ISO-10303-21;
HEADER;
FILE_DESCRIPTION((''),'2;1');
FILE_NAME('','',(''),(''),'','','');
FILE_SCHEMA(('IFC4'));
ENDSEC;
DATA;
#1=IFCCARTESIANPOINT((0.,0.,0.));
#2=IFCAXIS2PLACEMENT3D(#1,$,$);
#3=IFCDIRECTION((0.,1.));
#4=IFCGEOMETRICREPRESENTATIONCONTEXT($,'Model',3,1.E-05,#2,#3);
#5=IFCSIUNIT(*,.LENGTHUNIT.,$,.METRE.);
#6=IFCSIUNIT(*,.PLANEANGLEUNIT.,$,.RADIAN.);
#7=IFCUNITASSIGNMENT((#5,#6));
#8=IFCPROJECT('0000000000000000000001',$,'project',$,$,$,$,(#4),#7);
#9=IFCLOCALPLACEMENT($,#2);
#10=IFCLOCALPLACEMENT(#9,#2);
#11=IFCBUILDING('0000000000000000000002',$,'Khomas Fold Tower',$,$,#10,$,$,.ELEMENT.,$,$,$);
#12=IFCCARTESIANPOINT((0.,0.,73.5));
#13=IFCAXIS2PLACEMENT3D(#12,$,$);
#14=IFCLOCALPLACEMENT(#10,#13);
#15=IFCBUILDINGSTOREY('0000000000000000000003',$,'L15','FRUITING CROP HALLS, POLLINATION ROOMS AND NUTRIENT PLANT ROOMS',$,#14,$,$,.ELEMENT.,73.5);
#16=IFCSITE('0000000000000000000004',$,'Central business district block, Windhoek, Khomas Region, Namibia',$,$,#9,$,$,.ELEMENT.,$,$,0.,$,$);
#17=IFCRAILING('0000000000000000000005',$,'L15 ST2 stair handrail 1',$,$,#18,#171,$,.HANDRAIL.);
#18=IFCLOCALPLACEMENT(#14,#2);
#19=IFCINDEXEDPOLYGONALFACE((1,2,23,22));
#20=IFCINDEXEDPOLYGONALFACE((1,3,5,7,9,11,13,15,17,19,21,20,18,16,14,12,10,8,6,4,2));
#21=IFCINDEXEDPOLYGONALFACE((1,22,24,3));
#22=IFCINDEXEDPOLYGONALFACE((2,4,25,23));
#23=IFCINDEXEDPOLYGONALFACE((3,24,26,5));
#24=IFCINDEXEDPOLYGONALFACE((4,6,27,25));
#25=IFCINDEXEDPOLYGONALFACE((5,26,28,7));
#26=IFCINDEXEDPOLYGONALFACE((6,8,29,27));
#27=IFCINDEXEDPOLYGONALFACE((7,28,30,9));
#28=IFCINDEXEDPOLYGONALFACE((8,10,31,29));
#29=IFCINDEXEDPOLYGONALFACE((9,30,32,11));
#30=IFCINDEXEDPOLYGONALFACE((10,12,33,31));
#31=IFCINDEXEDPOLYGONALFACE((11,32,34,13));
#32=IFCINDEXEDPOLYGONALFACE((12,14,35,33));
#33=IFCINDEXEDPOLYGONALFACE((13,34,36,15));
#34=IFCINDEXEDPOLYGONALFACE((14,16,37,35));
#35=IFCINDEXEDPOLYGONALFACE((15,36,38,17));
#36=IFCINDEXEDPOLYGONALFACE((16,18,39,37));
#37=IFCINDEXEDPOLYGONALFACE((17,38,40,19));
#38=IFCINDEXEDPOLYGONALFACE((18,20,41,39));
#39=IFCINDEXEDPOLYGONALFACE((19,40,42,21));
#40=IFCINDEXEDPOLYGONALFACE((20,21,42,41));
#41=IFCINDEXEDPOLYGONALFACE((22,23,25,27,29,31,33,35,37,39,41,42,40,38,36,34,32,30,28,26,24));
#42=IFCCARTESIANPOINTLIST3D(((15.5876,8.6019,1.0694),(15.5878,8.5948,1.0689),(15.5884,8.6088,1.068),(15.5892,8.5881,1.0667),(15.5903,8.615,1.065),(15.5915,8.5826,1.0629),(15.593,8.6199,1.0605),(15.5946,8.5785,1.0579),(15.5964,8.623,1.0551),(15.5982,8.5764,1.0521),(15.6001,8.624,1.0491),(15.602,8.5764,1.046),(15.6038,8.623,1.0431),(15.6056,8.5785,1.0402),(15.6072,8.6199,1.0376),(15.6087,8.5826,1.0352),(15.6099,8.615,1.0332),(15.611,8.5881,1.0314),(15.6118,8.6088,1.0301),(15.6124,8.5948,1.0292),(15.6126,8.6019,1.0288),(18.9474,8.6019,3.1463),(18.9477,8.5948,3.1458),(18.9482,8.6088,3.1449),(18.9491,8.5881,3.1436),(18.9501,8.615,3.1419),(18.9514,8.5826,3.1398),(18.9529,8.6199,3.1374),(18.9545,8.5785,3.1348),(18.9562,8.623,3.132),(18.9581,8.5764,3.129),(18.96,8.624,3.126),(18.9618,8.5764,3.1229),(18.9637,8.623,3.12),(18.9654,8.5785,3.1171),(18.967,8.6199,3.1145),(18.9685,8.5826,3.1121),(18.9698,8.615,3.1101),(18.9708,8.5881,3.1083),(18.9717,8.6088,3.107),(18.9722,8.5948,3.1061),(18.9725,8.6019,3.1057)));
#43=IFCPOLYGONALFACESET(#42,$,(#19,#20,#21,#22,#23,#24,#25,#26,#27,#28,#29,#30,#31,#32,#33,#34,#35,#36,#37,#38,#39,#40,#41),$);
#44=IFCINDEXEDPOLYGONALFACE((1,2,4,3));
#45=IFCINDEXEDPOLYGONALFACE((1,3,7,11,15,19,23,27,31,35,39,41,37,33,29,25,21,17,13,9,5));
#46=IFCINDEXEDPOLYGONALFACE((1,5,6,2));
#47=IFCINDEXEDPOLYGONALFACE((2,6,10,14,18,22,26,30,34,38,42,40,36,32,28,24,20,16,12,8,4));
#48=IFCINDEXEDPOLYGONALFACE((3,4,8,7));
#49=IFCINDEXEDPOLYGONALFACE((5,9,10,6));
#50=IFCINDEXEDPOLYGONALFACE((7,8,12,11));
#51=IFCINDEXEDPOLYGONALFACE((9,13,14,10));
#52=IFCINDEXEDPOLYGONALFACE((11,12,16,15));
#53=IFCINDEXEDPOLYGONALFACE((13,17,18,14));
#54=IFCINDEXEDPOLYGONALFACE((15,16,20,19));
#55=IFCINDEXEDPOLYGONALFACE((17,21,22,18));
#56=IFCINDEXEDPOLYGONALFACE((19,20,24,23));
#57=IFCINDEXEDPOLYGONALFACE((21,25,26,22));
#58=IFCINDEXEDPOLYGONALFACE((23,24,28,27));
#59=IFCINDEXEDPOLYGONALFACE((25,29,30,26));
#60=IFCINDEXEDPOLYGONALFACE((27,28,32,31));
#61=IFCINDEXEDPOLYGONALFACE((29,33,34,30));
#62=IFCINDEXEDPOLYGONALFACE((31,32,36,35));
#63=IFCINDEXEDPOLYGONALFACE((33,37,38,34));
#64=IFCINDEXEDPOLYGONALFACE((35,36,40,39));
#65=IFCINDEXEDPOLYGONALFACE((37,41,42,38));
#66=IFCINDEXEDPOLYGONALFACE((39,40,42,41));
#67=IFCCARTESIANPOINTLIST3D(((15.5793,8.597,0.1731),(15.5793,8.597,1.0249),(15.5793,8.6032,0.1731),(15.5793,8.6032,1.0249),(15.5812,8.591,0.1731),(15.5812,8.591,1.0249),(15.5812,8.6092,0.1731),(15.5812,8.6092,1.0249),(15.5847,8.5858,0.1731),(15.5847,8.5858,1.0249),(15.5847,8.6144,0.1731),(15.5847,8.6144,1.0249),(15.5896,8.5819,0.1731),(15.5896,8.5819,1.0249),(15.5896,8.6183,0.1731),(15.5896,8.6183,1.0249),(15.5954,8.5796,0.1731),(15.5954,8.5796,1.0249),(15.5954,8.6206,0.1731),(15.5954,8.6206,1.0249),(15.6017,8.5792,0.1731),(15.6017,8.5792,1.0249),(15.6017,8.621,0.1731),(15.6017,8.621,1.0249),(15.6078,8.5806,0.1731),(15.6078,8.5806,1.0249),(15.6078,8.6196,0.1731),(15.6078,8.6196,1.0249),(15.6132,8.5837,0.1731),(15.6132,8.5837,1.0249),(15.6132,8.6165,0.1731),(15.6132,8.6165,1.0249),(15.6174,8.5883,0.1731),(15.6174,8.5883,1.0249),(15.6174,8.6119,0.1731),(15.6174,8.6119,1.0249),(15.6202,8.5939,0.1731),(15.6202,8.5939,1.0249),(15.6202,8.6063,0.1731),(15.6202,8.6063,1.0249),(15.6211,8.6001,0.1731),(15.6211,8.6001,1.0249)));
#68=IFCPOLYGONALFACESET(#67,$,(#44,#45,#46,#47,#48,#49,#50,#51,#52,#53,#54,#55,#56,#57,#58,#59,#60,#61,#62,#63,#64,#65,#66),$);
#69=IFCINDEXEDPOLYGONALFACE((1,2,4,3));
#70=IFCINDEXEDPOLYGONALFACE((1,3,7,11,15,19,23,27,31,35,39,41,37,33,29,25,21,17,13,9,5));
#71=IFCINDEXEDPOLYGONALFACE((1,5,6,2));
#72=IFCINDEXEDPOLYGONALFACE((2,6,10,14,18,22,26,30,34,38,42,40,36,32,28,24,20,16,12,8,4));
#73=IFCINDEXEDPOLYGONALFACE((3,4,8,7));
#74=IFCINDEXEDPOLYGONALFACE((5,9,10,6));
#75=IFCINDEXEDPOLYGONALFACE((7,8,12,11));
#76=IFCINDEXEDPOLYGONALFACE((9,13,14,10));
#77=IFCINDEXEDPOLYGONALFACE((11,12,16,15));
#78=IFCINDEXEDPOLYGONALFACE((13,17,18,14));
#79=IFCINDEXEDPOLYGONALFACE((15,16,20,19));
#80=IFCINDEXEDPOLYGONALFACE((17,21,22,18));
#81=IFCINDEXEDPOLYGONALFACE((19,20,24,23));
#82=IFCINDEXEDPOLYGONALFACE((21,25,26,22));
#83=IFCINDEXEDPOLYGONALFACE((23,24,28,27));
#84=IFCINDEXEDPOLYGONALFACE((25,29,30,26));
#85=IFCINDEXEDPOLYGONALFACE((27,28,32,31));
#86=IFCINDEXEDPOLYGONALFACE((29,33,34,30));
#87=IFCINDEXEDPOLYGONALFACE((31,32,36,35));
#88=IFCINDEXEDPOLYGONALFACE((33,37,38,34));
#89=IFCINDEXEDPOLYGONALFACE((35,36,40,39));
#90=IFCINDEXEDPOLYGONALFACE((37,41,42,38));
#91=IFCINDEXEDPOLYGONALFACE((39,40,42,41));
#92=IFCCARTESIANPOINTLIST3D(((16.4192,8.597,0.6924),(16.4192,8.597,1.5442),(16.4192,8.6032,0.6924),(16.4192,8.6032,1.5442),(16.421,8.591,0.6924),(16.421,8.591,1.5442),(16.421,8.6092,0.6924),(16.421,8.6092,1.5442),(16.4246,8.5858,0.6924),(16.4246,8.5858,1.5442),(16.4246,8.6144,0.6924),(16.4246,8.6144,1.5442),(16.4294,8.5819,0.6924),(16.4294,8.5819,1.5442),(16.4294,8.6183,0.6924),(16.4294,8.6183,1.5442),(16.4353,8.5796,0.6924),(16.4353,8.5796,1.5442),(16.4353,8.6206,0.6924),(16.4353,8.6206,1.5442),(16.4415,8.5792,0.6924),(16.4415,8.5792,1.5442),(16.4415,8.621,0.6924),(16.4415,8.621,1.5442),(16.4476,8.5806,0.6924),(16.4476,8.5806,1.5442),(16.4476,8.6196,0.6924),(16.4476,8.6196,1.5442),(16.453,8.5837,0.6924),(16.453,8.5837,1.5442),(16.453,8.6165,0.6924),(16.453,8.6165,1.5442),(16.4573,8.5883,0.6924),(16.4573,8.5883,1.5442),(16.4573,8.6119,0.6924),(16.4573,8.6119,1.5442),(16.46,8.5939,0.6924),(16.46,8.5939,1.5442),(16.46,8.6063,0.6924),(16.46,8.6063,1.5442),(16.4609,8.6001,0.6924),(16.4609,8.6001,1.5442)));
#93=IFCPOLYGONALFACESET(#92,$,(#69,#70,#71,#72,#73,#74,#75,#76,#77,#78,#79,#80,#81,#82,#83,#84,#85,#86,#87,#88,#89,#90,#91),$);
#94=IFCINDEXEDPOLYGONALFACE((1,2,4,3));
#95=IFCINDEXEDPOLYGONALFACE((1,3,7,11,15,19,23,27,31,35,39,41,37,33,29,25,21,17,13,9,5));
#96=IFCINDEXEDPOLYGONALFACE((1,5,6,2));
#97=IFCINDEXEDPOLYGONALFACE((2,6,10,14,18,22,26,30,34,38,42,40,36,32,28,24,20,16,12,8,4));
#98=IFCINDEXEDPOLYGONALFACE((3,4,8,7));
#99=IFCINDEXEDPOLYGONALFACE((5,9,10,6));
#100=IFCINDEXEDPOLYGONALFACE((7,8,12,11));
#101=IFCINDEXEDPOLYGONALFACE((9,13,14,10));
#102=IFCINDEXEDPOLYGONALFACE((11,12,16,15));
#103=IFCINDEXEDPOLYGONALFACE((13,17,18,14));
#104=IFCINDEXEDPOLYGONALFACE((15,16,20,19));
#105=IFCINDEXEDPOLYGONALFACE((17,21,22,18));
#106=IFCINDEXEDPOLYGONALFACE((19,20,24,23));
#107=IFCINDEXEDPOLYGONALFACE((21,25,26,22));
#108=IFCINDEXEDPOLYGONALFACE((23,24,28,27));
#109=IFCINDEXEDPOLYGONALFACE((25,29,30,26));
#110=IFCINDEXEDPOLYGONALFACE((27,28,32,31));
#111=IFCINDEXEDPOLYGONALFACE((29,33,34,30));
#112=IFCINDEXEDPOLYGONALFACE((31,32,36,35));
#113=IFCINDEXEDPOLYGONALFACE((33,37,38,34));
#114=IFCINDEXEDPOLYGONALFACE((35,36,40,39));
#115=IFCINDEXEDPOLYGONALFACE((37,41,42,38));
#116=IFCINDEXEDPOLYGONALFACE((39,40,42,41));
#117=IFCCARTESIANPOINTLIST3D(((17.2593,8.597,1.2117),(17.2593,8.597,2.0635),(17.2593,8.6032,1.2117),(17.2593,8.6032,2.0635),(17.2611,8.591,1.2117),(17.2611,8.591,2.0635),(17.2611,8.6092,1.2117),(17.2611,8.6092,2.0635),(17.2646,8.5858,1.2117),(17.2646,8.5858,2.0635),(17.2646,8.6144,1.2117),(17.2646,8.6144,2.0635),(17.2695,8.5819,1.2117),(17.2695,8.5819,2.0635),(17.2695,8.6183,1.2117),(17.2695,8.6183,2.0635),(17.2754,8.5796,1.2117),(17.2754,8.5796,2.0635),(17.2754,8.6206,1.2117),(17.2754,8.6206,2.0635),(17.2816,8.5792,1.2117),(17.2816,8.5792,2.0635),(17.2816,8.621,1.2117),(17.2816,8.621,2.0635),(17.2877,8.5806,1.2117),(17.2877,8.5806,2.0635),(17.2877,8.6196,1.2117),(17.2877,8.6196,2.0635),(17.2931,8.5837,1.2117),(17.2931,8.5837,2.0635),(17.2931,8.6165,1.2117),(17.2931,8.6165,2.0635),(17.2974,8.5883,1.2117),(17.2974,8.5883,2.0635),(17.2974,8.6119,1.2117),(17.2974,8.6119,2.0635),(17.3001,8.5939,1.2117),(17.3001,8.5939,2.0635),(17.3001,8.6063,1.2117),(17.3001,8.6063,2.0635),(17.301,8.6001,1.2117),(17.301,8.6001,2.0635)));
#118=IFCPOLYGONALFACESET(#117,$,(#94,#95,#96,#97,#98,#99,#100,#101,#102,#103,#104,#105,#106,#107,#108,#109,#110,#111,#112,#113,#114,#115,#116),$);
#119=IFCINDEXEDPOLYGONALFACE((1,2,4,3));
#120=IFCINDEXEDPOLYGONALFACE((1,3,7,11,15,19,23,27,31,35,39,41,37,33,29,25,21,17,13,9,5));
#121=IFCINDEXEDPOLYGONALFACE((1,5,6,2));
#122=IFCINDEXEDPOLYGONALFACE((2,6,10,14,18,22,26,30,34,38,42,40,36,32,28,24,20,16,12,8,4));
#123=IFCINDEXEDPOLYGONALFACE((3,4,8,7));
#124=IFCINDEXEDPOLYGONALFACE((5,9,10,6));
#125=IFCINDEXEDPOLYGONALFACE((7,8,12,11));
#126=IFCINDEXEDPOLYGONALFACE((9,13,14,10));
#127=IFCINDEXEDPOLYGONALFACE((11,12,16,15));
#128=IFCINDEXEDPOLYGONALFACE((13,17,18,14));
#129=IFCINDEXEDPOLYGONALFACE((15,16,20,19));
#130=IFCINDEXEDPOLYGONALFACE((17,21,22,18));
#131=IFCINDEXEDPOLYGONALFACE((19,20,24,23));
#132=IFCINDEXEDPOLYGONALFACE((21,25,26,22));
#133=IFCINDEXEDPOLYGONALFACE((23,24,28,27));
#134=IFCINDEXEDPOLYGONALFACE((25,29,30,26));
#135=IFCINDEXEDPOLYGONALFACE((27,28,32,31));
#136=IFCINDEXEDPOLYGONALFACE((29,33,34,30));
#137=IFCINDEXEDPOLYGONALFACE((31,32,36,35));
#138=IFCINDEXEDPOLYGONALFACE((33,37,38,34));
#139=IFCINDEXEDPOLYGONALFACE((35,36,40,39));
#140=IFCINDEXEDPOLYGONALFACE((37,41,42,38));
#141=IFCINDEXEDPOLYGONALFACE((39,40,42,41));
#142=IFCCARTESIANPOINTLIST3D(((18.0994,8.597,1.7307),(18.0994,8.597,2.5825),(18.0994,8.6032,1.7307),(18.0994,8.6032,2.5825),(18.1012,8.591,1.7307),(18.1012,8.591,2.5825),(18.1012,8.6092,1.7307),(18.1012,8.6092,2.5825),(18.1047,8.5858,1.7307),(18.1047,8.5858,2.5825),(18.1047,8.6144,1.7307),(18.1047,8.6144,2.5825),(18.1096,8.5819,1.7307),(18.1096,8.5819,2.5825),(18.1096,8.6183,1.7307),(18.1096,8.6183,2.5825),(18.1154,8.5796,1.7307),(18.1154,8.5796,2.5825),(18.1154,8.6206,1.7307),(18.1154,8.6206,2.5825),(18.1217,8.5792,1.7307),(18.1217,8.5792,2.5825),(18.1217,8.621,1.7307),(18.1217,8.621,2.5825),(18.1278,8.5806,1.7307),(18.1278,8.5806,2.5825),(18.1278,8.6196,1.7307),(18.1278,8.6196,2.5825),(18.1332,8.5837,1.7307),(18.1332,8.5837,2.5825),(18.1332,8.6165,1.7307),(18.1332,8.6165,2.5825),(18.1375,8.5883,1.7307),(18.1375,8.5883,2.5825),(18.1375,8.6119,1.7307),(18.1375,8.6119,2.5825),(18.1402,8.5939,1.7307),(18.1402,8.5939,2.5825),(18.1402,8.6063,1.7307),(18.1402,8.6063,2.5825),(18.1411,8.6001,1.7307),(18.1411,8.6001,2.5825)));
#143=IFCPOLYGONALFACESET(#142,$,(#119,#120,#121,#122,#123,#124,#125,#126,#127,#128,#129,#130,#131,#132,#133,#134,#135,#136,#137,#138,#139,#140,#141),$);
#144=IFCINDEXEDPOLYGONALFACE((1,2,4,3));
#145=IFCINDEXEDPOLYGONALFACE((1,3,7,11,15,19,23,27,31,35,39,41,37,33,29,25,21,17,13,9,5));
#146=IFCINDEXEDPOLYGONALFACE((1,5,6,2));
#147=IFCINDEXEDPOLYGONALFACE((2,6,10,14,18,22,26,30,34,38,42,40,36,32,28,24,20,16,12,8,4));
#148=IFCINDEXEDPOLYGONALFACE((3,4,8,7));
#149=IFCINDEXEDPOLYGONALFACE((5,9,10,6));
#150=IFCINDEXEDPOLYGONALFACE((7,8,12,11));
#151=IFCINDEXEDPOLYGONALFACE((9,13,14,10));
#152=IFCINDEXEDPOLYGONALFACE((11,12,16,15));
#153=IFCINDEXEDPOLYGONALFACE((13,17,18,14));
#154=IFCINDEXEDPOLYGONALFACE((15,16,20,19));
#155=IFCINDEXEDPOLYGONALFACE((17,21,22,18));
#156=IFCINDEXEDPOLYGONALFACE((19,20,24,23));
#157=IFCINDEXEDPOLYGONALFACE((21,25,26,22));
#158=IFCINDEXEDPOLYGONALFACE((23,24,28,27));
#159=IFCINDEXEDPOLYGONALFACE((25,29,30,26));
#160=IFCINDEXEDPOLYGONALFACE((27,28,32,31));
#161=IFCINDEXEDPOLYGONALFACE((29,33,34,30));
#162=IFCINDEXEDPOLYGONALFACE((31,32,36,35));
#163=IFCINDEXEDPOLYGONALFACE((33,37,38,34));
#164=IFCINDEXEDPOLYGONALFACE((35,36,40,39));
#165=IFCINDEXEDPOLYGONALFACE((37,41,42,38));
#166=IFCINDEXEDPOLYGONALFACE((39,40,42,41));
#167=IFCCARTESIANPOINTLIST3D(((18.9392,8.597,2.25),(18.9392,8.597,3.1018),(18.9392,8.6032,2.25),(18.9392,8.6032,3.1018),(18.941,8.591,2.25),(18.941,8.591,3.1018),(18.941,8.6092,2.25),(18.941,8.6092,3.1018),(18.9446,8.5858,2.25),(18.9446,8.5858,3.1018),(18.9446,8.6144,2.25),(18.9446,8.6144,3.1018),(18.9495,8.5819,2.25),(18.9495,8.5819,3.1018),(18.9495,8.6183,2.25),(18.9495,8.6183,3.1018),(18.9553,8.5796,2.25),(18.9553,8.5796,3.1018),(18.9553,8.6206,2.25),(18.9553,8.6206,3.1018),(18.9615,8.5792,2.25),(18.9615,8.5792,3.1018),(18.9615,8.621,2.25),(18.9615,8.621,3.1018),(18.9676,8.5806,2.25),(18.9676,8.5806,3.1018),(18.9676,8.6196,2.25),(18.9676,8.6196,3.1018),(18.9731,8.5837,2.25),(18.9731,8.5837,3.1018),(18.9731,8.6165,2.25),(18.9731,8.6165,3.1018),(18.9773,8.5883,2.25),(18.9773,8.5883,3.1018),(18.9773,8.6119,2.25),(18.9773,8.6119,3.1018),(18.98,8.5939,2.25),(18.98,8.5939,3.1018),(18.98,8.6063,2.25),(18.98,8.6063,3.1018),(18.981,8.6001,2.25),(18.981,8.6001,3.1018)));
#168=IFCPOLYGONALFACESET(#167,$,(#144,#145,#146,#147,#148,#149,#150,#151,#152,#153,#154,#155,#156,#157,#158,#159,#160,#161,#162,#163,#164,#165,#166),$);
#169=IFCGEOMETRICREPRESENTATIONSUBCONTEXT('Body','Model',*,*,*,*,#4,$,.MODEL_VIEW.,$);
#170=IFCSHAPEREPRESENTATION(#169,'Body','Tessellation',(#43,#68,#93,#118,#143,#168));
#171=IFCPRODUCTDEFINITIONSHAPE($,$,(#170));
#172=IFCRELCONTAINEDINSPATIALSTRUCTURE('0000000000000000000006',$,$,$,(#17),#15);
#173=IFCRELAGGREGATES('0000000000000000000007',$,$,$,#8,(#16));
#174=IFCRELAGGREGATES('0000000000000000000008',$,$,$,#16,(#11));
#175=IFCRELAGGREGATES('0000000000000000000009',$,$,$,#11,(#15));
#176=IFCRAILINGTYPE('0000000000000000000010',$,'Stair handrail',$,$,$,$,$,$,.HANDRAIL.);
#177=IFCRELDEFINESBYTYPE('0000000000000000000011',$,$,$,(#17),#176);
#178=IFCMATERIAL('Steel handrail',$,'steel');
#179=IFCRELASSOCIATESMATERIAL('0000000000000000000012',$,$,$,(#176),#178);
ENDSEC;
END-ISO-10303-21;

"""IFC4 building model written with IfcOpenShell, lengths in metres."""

from ifc_helpers import new_model, si_unit, direction, frame, origin, origin_2d, place, context, subcontext, project, spatial, circle, extrude, source, transform, mapped, material, type_object, element, save


model = new_model("IFC4")

# Units and contexts
model_context = context("Model", 3, precision=1e-05, world=origin(), true_north=direction((0.0, 1.0)))
body_context = subcontext(model_context, "Body", "Model", "MODEL_VIEW")
ifc_project = project(units=[si_unit("LENGTHUNIT", "METRE"), si_unit("PLANEANGLEUNIT", "RADIAN")], contexts=[model_context])

# Site, building, storey
site_placement = place(None, origin())
site = spatial("IfcSite", under=ifc_project, at=site_placement, Name="Central business district block, Windhoek, Khomas Region, Namibia", CompositionType="ELEMENT", RefElevation=0.0)
building_placement = place(site_placement, origin())
building = spatial("IfcBuilding", under=site, at=building_placement, Name="Khomas Fold Tower", CompositionType="ELEMENT")
storey_placement = place(building_placement, frame((0.0, 0.0, 73.5)))
storey = spatial("IfcBuildingStorey", under=building, at=storey_placement, Name="L15", Description="FRUITING CROP HALLS, POLLINATION ROOMS AND NUTRIENT PLANT ROOMS", CompositionType="ELEMENT", Elevation=73.5)

# Railing
ifc_material_1 = material(Name="Steel handrail", Category="steel")
railing_type_1 = type_object("IfcRailingType", Name="Stair handrail", PredefinedType="HANDRAIL", material=ifc_material_1)
shared_shape_1 = source(origin(), body_context, "Body", "SweptSolid", [
    extrude(circle(Radius=0.0239, at=origin_2d()), frame((0.0, 0.0, 0.876), z_axis=(0.850606, 0.0, 0.525803), x_axis=(0.0, 1.0, 0.0)), (0.0, 0.0, 1.0), 3.95),
    extrude(circle(Radius=0.021, at=origin_2d()), origin(), (0.0, 0.0, 1.0), 0.8518),
    extrude(circle(Radius=0.021, at=origin_2d()), frame((0.8398, 0.0, 0.5193)), (0.0, 0.0, 1.0), 0.8518),
    extrude(circle(Radius=0.021, at=origin_2d()), frame((1.6799, 0.0, 1.0386)), (0.0, 0.0, 1.0), 0.8518),
    extrude(circle(Radius=0.021, at=origin_2d()), frame((2.52, 0.0, 1.5576)), (0.0, 0.0, 1.0), 0.8518),
    extrude(circle(Radius=0.021, at=origin_2d()), frame((3.3599, 0.0, 2.0769)), (0.0, 0.0, 1.0), 0.8518),
])
railing_1_placement = place(storey_placement, frame((15.6001, 8.6001, 0.1731)))
element("IfcRailing", 1, at=railing_1_placement, inside=storey, type_object=railing_type_1, Name="L15 ST2 stair handrail 1", PredefinedType="HANDRAIL", context=body_context, shape_type="MappedRepresentation", body=[
    mapped(shared_shape_1, transform((0.0, 0.0, 0.0))),
])

save(model, "model.ifc")
